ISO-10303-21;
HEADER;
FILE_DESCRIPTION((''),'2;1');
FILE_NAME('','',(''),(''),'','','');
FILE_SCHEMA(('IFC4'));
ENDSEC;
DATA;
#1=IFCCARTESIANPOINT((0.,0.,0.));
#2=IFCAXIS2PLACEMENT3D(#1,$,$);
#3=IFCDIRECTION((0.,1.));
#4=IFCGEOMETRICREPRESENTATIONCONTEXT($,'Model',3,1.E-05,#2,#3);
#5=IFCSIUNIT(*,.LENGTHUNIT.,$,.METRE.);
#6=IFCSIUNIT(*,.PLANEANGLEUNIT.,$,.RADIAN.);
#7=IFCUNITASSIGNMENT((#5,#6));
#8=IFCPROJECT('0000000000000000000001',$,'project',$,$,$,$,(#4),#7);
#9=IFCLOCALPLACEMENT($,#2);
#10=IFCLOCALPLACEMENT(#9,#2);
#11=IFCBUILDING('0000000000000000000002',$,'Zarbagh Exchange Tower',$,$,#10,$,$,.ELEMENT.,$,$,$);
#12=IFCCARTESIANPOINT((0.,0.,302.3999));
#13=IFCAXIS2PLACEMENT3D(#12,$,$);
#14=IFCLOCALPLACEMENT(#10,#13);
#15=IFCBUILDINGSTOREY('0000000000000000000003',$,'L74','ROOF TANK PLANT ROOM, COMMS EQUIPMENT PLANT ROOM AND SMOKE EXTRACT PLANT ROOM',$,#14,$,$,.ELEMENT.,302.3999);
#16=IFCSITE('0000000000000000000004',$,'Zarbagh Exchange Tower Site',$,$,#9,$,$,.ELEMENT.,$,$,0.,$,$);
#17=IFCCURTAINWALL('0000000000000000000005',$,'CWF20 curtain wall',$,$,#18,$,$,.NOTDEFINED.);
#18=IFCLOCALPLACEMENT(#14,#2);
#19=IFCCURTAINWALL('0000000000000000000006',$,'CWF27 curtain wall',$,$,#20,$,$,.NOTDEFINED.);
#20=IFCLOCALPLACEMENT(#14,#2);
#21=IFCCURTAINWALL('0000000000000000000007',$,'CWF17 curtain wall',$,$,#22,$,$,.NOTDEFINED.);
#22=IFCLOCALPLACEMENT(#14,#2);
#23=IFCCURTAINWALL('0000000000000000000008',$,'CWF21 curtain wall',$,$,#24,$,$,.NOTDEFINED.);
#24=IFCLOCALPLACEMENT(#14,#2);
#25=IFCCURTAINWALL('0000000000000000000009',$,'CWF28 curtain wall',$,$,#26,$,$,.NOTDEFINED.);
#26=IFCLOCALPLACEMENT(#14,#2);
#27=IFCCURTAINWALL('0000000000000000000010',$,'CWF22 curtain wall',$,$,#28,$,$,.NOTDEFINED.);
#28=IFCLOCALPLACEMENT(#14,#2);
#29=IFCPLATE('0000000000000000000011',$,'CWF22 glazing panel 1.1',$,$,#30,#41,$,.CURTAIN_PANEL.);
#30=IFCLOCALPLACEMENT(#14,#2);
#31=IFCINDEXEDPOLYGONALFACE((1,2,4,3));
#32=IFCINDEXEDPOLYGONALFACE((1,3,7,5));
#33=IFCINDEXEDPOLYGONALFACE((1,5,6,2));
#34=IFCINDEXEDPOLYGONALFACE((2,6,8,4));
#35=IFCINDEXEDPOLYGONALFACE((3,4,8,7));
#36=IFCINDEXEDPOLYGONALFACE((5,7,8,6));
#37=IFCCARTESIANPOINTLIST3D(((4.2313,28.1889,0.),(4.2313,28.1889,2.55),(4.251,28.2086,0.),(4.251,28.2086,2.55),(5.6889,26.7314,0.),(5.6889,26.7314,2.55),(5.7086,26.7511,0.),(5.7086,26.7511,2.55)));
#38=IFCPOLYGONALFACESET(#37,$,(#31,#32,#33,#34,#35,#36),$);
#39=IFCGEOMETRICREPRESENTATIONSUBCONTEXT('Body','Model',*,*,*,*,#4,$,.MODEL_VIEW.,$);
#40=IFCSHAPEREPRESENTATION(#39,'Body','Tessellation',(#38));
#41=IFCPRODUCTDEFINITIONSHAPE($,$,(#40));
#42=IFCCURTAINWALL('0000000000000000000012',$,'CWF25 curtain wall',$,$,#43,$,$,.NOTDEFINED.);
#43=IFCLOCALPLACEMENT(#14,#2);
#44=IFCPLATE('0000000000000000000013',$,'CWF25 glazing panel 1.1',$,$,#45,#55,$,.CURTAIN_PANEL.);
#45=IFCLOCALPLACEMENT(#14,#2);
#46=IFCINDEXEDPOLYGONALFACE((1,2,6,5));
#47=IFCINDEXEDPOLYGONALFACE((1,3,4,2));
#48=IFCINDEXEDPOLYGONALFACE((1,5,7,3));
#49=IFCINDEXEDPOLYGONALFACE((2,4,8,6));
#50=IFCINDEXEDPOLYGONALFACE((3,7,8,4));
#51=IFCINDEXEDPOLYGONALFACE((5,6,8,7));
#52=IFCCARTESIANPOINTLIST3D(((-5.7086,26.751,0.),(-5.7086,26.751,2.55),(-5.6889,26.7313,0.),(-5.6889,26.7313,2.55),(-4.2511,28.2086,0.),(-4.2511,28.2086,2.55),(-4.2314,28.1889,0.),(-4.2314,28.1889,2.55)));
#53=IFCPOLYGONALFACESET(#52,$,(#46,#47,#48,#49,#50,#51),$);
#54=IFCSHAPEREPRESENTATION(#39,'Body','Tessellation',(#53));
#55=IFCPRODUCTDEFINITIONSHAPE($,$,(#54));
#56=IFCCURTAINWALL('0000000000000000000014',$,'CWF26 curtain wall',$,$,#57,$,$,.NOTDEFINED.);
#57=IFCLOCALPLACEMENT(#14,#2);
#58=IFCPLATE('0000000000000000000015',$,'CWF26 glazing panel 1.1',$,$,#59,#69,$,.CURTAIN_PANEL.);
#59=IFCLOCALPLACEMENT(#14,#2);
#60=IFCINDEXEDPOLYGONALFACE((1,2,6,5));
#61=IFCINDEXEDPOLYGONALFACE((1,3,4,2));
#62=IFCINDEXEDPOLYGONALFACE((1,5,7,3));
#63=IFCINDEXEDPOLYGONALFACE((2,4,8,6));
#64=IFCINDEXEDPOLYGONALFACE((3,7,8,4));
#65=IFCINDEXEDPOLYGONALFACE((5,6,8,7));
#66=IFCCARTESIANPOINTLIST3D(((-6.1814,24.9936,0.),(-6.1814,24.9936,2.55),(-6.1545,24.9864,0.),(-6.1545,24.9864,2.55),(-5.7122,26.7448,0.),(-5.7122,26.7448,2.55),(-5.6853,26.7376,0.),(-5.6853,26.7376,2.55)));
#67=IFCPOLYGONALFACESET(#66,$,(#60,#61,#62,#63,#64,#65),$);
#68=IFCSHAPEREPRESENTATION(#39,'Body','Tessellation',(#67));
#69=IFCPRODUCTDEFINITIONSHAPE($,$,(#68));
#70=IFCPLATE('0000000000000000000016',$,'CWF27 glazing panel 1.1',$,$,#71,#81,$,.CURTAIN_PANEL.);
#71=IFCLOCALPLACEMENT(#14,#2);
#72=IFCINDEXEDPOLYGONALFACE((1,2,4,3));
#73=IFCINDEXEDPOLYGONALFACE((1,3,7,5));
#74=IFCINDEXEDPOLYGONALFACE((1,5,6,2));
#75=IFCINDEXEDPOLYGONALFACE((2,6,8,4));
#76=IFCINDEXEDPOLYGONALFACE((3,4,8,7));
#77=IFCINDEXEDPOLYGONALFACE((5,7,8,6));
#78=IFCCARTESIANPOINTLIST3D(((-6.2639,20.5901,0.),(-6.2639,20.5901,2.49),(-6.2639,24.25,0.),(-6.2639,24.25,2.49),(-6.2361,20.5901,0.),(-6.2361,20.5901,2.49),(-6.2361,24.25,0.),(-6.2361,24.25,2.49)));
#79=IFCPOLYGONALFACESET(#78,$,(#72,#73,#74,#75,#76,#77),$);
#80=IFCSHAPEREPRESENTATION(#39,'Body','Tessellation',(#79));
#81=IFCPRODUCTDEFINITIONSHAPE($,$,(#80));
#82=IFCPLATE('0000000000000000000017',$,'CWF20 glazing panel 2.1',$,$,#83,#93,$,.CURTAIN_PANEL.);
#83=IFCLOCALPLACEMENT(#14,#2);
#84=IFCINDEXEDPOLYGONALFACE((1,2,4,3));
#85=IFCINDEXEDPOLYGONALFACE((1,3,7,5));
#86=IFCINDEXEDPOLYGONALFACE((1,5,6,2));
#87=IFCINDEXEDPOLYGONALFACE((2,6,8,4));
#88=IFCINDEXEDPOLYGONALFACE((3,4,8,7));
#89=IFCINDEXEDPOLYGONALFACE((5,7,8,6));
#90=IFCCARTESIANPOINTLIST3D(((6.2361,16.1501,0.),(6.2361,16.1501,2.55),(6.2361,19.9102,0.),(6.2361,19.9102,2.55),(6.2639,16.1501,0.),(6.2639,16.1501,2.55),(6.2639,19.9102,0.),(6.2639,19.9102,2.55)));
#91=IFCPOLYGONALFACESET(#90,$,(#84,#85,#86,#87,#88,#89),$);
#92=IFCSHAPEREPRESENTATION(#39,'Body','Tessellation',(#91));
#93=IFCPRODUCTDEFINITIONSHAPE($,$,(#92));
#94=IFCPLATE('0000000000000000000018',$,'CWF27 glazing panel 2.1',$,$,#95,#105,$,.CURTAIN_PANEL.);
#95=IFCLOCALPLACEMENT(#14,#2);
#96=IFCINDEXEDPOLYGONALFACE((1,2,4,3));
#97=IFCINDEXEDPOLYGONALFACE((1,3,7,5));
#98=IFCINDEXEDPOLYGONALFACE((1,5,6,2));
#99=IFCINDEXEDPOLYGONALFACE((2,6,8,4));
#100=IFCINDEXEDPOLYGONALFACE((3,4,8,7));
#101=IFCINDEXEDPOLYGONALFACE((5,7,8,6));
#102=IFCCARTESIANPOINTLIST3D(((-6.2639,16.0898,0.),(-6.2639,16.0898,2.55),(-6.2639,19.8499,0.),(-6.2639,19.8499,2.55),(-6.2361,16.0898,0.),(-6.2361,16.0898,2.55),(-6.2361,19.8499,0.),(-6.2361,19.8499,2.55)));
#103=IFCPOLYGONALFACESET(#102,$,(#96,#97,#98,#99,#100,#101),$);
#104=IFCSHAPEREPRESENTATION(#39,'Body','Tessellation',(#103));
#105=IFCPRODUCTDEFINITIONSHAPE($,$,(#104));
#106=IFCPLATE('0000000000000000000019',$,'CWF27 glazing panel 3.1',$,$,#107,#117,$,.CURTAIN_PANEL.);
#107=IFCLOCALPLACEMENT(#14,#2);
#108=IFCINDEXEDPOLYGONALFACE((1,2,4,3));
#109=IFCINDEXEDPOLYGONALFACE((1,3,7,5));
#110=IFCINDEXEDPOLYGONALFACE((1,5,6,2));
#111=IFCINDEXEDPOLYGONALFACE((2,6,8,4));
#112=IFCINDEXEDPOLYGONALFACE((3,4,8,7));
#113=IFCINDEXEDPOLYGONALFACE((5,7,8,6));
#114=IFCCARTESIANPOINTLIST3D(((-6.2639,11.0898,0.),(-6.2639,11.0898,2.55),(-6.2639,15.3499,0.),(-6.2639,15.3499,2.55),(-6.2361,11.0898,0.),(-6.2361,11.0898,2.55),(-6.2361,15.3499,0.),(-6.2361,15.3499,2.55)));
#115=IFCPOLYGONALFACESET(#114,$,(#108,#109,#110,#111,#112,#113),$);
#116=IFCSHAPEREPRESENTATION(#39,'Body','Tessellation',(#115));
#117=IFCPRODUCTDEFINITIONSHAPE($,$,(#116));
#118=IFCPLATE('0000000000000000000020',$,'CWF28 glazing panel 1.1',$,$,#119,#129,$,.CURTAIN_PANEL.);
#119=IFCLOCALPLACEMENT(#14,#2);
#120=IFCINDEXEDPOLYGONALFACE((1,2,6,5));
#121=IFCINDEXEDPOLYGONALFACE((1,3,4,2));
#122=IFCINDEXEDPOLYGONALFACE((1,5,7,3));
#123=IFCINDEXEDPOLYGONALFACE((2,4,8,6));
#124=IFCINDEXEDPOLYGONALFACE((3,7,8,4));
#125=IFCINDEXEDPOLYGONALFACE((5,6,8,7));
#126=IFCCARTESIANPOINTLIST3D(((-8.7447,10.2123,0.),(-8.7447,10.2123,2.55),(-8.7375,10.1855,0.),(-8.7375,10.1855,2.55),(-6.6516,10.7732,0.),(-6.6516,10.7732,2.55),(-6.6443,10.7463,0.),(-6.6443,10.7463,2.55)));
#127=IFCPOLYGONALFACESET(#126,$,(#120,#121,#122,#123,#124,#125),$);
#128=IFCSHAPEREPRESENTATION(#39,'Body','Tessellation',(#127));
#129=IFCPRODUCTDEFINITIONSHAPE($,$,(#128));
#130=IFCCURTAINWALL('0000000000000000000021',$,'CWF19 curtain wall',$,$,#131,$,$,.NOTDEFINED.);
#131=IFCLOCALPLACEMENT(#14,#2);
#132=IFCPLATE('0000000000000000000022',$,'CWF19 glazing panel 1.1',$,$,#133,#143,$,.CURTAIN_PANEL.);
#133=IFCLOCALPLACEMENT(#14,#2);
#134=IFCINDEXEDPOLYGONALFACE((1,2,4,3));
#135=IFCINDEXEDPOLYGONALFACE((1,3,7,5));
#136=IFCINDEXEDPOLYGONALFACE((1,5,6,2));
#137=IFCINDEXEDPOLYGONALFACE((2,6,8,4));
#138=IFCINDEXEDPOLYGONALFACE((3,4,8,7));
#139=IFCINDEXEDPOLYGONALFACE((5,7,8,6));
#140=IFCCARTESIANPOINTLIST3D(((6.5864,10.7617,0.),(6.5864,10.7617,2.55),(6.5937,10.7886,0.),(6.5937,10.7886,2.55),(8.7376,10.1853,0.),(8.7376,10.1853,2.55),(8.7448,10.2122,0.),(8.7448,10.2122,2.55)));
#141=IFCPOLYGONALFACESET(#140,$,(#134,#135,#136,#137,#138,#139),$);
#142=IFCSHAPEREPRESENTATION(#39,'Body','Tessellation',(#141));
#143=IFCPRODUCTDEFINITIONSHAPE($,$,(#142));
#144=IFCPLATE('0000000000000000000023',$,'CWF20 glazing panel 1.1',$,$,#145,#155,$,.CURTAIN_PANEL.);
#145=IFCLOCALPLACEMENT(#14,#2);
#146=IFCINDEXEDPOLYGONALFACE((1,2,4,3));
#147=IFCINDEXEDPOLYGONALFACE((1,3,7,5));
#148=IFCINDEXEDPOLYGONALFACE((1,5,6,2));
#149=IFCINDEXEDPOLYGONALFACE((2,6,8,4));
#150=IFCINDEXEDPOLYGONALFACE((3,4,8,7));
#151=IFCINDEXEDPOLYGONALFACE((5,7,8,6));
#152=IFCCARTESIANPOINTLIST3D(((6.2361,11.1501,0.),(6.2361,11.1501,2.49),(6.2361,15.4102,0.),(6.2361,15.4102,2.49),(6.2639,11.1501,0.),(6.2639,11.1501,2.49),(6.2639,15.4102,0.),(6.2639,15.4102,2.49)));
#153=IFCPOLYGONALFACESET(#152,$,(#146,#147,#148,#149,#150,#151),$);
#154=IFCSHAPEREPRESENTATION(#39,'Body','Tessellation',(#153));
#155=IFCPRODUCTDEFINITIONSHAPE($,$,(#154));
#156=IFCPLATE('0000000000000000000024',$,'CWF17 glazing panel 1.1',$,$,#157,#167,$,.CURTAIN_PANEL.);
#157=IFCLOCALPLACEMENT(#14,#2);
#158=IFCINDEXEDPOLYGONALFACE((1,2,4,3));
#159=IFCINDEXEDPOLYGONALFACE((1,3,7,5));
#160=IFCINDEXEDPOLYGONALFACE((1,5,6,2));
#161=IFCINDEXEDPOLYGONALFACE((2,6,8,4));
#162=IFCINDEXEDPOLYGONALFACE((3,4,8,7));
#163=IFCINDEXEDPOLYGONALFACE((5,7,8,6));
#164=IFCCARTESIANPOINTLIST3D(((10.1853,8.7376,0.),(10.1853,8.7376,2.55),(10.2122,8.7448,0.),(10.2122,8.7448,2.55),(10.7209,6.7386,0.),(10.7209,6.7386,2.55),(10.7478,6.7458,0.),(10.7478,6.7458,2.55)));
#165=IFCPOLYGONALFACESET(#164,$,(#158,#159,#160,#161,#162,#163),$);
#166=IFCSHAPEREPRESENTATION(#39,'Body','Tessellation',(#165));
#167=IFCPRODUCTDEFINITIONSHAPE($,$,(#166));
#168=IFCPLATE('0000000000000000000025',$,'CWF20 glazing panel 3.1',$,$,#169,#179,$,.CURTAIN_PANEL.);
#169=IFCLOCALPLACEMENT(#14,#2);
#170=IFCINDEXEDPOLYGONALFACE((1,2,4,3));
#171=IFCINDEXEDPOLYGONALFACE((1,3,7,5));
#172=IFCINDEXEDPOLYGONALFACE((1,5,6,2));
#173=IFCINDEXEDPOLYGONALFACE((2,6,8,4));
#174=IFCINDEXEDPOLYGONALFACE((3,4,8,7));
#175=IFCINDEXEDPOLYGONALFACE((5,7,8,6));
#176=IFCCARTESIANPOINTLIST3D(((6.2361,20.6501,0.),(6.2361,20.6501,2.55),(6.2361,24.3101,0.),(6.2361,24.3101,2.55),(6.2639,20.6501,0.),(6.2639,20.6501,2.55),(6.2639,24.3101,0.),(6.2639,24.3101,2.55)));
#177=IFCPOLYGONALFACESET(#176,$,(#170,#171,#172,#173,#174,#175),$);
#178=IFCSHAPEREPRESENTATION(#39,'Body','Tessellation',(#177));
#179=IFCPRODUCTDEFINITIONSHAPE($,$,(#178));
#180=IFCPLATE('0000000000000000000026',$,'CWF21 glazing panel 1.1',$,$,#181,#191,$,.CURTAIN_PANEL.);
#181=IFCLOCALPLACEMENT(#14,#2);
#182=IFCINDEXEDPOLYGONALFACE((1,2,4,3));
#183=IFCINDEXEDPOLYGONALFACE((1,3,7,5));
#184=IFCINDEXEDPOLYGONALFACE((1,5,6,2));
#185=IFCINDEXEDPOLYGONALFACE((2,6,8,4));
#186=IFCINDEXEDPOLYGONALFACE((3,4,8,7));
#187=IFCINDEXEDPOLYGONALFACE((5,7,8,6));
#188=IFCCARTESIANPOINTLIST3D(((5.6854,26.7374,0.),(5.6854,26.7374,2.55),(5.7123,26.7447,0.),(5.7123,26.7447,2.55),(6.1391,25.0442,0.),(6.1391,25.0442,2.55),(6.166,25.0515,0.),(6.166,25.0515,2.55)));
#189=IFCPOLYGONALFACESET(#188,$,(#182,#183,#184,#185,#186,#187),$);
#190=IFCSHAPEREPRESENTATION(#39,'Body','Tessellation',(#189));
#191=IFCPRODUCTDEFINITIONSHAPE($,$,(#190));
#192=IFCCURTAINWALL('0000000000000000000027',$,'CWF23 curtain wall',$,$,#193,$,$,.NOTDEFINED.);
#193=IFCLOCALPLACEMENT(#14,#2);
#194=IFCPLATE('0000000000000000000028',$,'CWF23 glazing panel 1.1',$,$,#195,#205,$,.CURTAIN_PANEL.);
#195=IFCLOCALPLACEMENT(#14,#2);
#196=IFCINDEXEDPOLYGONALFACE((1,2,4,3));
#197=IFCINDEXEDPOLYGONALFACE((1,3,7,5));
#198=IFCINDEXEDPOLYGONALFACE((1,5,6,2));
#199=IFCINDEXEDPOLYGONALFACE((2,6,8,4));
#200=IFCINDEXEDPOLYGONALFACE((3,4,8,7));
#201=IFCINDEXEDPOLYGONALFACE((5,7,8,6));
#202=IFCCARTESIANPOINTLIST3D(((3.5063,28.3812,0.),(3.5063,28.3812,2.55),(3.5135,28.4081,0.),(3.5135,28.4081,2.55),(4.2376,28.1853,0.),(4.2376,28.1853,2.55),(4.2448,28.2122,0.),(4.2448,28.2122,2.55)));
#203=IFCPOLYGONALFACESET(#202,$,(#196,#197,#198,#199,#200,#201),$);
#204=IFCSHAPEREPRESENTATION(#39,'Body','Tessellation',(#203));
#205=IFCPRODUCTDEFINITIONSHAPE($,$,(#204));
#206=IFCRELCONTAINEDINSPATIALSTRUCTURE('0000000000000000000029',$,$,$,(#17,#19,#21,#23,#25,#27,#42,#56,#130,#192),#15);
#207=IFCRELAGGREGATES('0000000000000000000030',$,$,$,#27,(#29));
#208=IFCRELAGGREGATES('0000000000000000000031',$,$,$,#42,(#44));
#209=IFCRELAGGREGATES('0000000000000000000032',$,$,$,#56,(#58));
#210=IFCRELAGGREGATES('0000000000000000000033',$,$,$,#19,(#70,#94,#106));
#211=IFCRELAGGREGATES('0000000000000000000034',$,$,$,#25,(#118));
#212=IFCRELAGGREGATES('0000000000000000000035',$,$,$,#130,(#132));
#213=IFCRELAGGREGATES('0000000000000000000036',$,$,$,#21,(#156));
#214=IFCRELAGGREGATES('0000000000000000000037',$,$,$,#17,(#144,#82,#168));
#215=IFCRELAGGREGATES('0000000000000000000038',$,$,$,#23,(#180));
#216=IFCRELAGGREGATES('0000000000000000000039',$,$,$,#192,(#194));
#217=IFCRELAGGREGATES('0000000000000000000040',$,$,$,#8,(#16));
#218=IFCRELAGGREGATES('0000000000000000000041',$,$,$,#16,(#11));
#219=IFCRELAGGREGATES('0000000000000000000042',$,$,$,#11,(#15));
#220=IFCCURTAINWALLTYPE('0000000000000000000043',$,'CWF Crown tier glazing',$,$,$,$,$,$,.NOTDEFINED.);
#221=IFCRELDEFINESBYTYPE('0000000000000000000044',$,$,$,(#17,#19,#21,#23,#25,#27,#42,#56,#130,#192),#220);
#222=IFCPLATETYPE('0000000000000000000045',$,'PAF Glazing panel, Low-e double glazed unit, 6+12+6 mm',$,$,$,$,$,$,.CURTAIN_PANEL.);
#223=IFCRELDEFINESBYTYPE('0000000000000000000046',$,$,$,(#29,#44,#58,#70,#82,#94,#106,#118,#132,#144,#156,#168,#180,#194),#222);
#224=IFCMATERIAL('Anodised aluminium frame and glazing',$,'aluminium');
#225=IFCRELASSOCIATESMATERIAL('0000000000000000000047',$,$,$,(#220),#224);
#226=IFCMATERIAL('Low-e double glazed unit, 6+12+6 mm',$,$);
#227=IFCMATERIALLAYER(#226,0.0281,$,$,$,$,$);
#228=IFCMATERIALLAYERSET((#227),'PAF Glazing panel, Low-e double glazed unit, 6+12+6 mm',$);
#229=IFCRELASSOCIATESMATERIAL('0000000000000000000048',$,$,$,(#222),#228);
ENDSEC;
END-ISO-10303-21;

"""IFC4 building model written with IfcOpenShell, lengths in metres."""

from ifc_helpers import new_model, si_unit, direction, frame, origin, place, context, subcontext, project, spatial, polyline, outline, extrude, source, transform, mapped, material, layer, layer_set, type_object, element, aggregate, save


model = new_model("IFC4")

# Units and contexts
model_context = context("Model", 3, precision=1e-05, world=origin(), true_north=direction((0.0, 1.0)))
body_context = subcontext(model_context, "Body", "Model", "MODEL_VIEW")
ifc_project = project(units=[si_unit("LENGTHUNIT", "METRE"), si_unit("PLANEANGLEUNIT", "RADIAN")], contexts=[model_context])

# Site, building, storey
site_placement = place(None, origin())
site = spatial("IfcSite", under=ifc_project, at=site_placement, Name="Zarbagh Exchange Tower Site", CompositionType="ELEMENT", RefElevation=0.0)
building_placement = place(site_placement, origin())
building = spatial("IfcBuilding", under=site, at=building_placement, Name="Zarbagh Exchange Tower", CompositionType="ELEMENT")
storey_placement = place(building_placement, frame((0.0, 0.0, 302.3999)))
storey = spatial("IfcBuildingStorey", under=building, at=storey_placement, Name="L74", Description="ROOF TANK PLANT ROOM, COMMS EQUIPMENT PLANT ROOM AND SMOKE EXTRACT PLANT ROOM", CompositionType="ELEMENT", Elevation=302.3999)

# Curtain walls
ifc_material_1 = material(Name="Anodised aluminium frame and glazing", Category="aluminium")
curtain_wall_type = type_object("IfcCurtainWallType", Name="CWF Crown tier glazing", PredefinedType="NOTDEFINED", material=ifc_material_1)
curtain_wall_1_placement = place(storey_placement, origin())
curtain_wall_1 = element("IfcCurtainWall", 1, at=curtain_wall_1_placement, inside=storey, type_object=curtain_wall_type, Name="CWF20 curtain wall", PredefinedType="NOTDEFINED")
placement = place(storey_placement, origin())
curtain_wall_2_placement = place(storey_placement, origin())
curtain_wall_2 = element("IfcCurtainWall", 2, at=curtain_wall_2_placement, inside=storey, type_object=curtain_wall_type, Name="CWF27 curtain wall", PredefinedType="NOTDEFINED")
curtain_wall_3_placement = place(storey_placement, origin())
curtain_wall_3 = element("IfcCurtainWall", 3, at=curtain_wall_3_placement, inside=storey, type_object=curtain_wall_type, Name="CWF17 curtain wall", PredefinedType="NOTDEFINED")

# Curtain wall
curtain_wall_4_placement = place(storey_placement, origin())
curtain_wall_4 = element("IfcCurtainWall", 4, at=curtain_wall_4_placement, inside=storey, type_object=curtain_wall_type, Name="CWF21 curtain wall", PredefinedType="NOTDEFINED")

# Curtain wall
curtain_wall_5_placement = place(storey_placement, origin())
curtain_wall_5 = element("IfcCurtainWall", 5, at=curtain_wall_5_placement, inside=storey, type_object=curtain_wall_type, Name="CWF28 curtain wall", PredefinedType="NOTDEFINED")

# Shared definitions
ifc_material_2 = material(Name="Low-e double glazed unit, 6+12+6 mm")
ifc_layer = layer(ifc_material_2, 0.0281)
ifc_layer_set = layer_set([ifc_layer], Name="PAF Glazing panel, Low-e double glazed unit, 6+12+6 mm")
plate_type = type_object("IfcPlateType", Name="PAF Glazing panel, Low-e double glazed unit, 6+12+6 mm", PredefinedType="CURTAIN_PANEL", material=ifc_layer_set)

# Curtain walls, plates
shared_shape_1 = source(origin(), body_context, "Body", "SweptSolid", [
    extrude(outline(polyline([(0.0, -0.0139), (2.0613, -0.0139), (2.0613, 0.0139), (0.0, 0.0139), (0.0, -0.0139)])), origin(), (0.0, 0.0, 1.0), 2.55),
])
curtain_wall_6_placement = place(storey_placement, origin())
curtain_wall_6 = element("IfcCurtainWall", 6, at=curtain_wall_6_placement, inside=storey, type_object=curtain_wall_type, Name="CWF22 curtain wall", PredefinedType="NOTDEFINED")
plate_1 = element("IfcPlate", 7, at=placement, type_object=plate_type, Name="CWF22 glazing panel 1.1", PredefinedType="CURTAIN_PANEL", context=body_context, shape_type="MappedRepresentation", body=[
    mapped(shared_shape_1, transform((5.6987, 26.7412, 0.0), x_axis=(-0.707107, 0.707107, 0.0), y_axis=(-0.707107, -0.707107, 0.0), z_axis=(0.0, 0.0, 1.0))),
])
aggregate(curtain_wall_6, [plate_1])
curtain_wall_7_placement = place(storey_placement, origin())
curtain_wall_7 = element("IfcCurtainWall", 8, at=curtain_wall_7_placement, inside=storey, type_object=curtain_wall_type, Name="CWF25 curtain wall", PredefinedType="NOTDEFINED")
plate_2 = element("IfcPlate", 9, at=placement, type_object=plate_type, Name="CWF25 glazing panel 1.1", PredefinedType="CURTAIN_PANEL", context=body_context, shape_type="MappedRepresentation", body=[
    mapped(shared_shape_1, transform((-4.2412, 28.1987, 0.0), x_axis=(-0.707107, -0.707107, 0.0), y_axis=(0.707107, -0.707107, 0.0), z_axis=(0.0, 0.0, 1.0))),
])
aggregate(curtain_wall_7, [plate_2])
curtain_wall_8_placement = place(storey_placement, origin())
curtain_wall_8 = element("IfcCurtainWall", 10, at=curtain_wall_8_placement, inside=storey, type_object=curtain_wall_type, Name="CWF26 curtain wall", PredefinedType="NOTDEFINED")
shared_shape_2 = source(origin(), body_context, "Body", "SweptSolid", [
    extrude(outline(polyline([(0.0, -0.0139), (1.813, -0.0139), (1.813, 0.0139), (0.0, 0.0139), (0.0, -0.0139)])), origin(), (0.0, 0.0, 1.0), 2.55),
])
plate_3 = element("IfcPlate", 11, at=placement, type_object=plate_type, Name="CWF26 glazing panel 1.1", PredefinedType="CURTAIN_PANEL", context=body_context, shape_type="MappedRepresentation", body=[
    mapped(shared_shape_2, transform((-5.6987, 26.7412, 0.0), x_axis=(-0.258825, -0.965924, 0.0), y_axis=(0.965924, -0.258825, 0.0), z_axis=(0.0, 0.0, 1.0))),
])
aggregate(curtain_wall_8, [plate_3])

# Plates
shared_shape_3 = source(origin(), body_context, "Body", "SweptSolid", [
    extrude(outline(polyline([(0.0, -0.0139), (3.6599, -0.0139), (3.6599, 0.0139), (0.0, 0.0139), (0.0, -0.0139)])), origin(), (0.0, 0.0, 1.0), 2.49),
])
plate_4 = element("IfcPlate", 12, at=placement, type_object=plate_type, Name="CWF27 glazing panel 1.1", PredefinedType="CURTAIN_PANEL", context=body_context, shape_type="MappedRepresentation", body=[
    mapped(shared_shape_3, transform((-6.25, 24.25, 0.0), x_axis=(0.0, -1.0, 0.0), y_axis=(1.0, 0.0, 0.0), z_axis=(0.0, 0.0, 1.0))),
])
shared_shape_4 = source(origin(), body_context, "Body", "SweptSolid", [
    extrude(outline(polyline([(0.0, -0.0139), (3.76, -0.0139), (3.76, 0.0139), (0.0, 0.0139), (0.0, -0.0139)])), origin(), (0.0, 0.0, 1.0), 2.55),
])
plate_5 = element("IfcPlate", 13, at=placement, type_object=plate_type, Name="CWF20 glazing panel 2.1", PredefinedType="CURTAIN_PANEL", context=body_context, shape_type="MappedRepresentation", body=[
    mapped(shared_shape_4, transform((6.25, 16.1501, 0.0), x_axis=(0.0, 1.0, 0.0), y_axis=(-1.0, 0.0, 0.0), z_axis=(0.0, 0.0, 1.0))),
])
plate_6 = element("IfcPlate", 14, at=placement, type_object=plate_type, Name="CWF27 glazing panel 2.1", PredefinedType="CURTAIN_PANEL", context=body_context, shape_type="MappedRepresentation", body=[
    mapped(shared_shape_4, transform((-6.25, 19.8499, 0.0), x_axis=(0.0, -1.0, 0.0), y_axis=(1.0, 0.0, 0.0), z_axis=(0.0, 0.0, 1.0))),
])
shared_shape_5 = source(origin(), body_context, "Body", "SweptSolid", [
    extrude(outline(polyline([(0.0, -0.0139), (4.26, -0.0139), (4.26, 0.0139), (0.0, 0.0139), (0.0, -0.0139)])), origin(), (0.0, 0.0, 1.0), 2.55),
])
plate_7 = element("IfcPlate", 15, at=placement, type_object=plate_type, Name="CWF27 glazing panel 3.1", PredefinedType="CURTAIN_PANEL", context=body_context, shape_type="MappedRepresentation", body=[
    mapped(shared_shape_5, transform((-6.25, 15.3499, 0.0), x_axis=(0.0, -1.0, 0.0), y_axis=(1.0, 0.0, 0.0), z_axis=(0.0, 0.0, 1.0))),
])
aggregate(curtain_wall_2, [plate_4, plate_6, plate_7])
shared_shape_6 = source(origin(), body_context, "Body", "SweptSolid", [
    extrude(outline(polyline([(0.0, -0.0139), (2.167, -0.0139), (2.167, 0.0139), (0.0, 0.0139), (0.0, -0.0139)])), origin(), (0.0, 0.0, 1.0), 2.55),
])
plate_8 = element("IfcPlate", 16, at=placement, type_object=plate_type, Name="CWF28 glazing panel 1.1", PredefinedType="CURTAIN_PANEL", context=body_context, shape_type="MappedRepresentation", body=[
    mapped(shared_shape_6, transform((-6.6479, 10.7598, 0.0), x_axis=(-0.965924, -0.258825, 0.0), y_axis=(0.258825, -0.965924, 0.0), z_axis=(0.0, 0.0, 1.0))),
])
aggregate(curtain_wall_5, [plate_8])

# Curtain wall, plate
curtain_wall_9_placement = place(storey_placement, origin())
curtain_wall_9 = element("IfcCurtainWall", 17, at=curtain_wall_9_placement, inside=storey, type_object=curtain_wall_type, Name="CWF19 curtain wall", PredefinedType="NOTDEFINED")
shared_shape_7 = source(origin(), body_context, "Body", "SweptSolid", [
    extrude(outline(polyline([(0.0, -0.0139), (2.2271, -0.0139), (2.2271, 0.0139), (0.0, 0.0139), (0.0, -0.0139)])), origin(), (0.0, 0.0, 1.0), 2.55),
])
plate_9 = element("IfcPlate", 18, at=placement, type_object=plate_type, Name="CWF19 glazing panel 1.1", PredefinedType="CURTAIN_PANEL", context=body_context, shape_type="MappedRepresentation", body=[
    mapped(shared_shape_7, transform((8.7412, 10.1987, 0.0), x_axis=(-0.965924, 0.258825, 0.0), y_axis=(-0.258825, -0.965924, 0.0), z_axis=(0.0, 0.0, 1.0))),
])
aggregate(curtain_wall_9, [plate_9])

# Plates
shared_shape_8 = source(origin(), body_context, "Body", "SweptSolid", [
    extrude(outline(polyline([(0.0, -0.0139), (4.26, -0.0139), (4.26, 0.0139), (0.0, 0.0139), (0.0, -0.0139)])), origin(), (0.0, 0.0, 1.0), 2.49),
])
plate_10 = element("IfcPlate", 19, at=placement, type_object=plate_type, Name="CWF20 glazing panel 1.1", PredefinedType="CURTAIN_PANEL", context=body_context, shape_type="MappedRepresentation", body=[
    mapped(shared_shape_8, transform((6.25, 11.1501, 0.0), x_axis=(0.0, 1.0, 0.0), y_axis=(-1.0, 0.0, 0.0), z_axis=(0.0, 0.0, 1.0))),
])
shared_shape_9 = source(origin(), body_context, "Body", "SweptSolid", [
    extrude(outline(polyline([(0.0, -0.0139), (2.0696, -0.0139), (2.0696, 0.0139), (0.0, 0.0139), (0.0, -0.0139)])), origin(), (0.0, 0.0, 1.0), 2.55),
])
plate_11 = element("IfcPlate", 20, at=placement, type_object=plate_type, Name="CWF17 glazing panel 1.1", PredefinedType="CURTAIN_PANEL", context=body_context, shape_type="MappedRepresentation", body=[
    mapped(shared_shape_9, transform((10.7344, 6.7422, 0.0), x_axis=(-0.258825, 0.965924, 0.0), y_axis=(-0.965924, -0.258825, 0.0), z_axis=(0.0, 0.0, 1.0))),
])
aggregate(curtain_wall_3, [plate_11])
shared_shape_10 = source(origin(), body_context, "Body", "SweptSolid", [
    extrude(outline(polyline([(0.0, -0.0139), (3.6599, -0.0139), (3.6599, 0.0139), (0.0, 0.0139), (0.0, -0.0139)])), origin(), (0.0, 0.0, 1.0), 2.55),
])
plate_12 = element("IfcPlate", 21, at=placement, type_object=plate_type, Name="CWF20 glazing panel 3.1", PredefinedType="CURTAIN_PANEL", context=body_context, shape_type="MappedRepresentation", body=[
    mapped(shared_shape_10, transform((6.25, 20.6501, 0.0), x_axis=(0.0, 1.0, 0.0), y_axis=(-1.0, 0.0, 0.0), z_axis=(0.0, 0.0, 1.0))),
])
aggregate(curtain_wall_1, [plate_10, plate_5, plate_12])
shared_shape_11 = source(origin(), body_context, "Body", "SweptSolid", [
    extrude(outline(polyline([(0.0, -0.0139), (1.7529, -0.0139), (1.7529, 0.0139), (0.0, 0.0139), (0.0, -0.0139)])), origin(), (0.0, 0.0, 1.0), 2.55),
])
plate_13 = element("IfcPlate", 22, at=placement, type_object=plate_type, Name="CWF21 glazing panel 1.1", PredefinedType="CURTAIN_PANEL", context=body_context, shape_type="MappedRepresentation", body=[
    mapped(shared_shape_11, transform((6.1526, 25.0479, 0.0), x_axis=(-0.258825, 0.965924, 0.0), y_axis=(-0.965924, -0.258825, 0.0), z_axis=(0.0, 0.0, 1.0))),
])
aggregate(curtain_wall_4, [plate_13])

# Curtain wall, plate
curtain_wall_10_placement = place(storey_placement, origin())
curtain_wall_10 = element("IfcCurtainWall", 23, at=curtain_wall_10_placement, inside=storey, type_object=curtain_wall_type, Name="CWF23 curtain wall", PredefinedType="NOTDEFINED")
shared_shape_12 = source(origin(), body_context, "Body", "SweptSolid", [
    extrude(outline(polyline([(0.0, -0.0139), (0.7571, -0.0139), (0.7571, 0.0139), (0.0, 0.0139), (0.0, -0.0139)])), origin(), (0.0, 0.0, 1.0), 2.55),
])
plate_14 = element("IfcPlate", 24, at=placement, type_object=plate_type, Name="CWF23 glazing panel 1.1", PredefinedType="CURTAIN_PANEL", context=body_context, shape_type="MappedRepresentation", body=[
    mapped(shared_shape_12, transform((4.2412, 28.1987, 0.0), x_axis=(-0.965924, 0.258825, 0.0), y_axis=(-0.258825, -0.965924, 0.0), z_axis=(0.0, 0.0, 1.0))),
])
aggregate(curtain_wall_10, [plate_14])

save(model, "model.ifc")
